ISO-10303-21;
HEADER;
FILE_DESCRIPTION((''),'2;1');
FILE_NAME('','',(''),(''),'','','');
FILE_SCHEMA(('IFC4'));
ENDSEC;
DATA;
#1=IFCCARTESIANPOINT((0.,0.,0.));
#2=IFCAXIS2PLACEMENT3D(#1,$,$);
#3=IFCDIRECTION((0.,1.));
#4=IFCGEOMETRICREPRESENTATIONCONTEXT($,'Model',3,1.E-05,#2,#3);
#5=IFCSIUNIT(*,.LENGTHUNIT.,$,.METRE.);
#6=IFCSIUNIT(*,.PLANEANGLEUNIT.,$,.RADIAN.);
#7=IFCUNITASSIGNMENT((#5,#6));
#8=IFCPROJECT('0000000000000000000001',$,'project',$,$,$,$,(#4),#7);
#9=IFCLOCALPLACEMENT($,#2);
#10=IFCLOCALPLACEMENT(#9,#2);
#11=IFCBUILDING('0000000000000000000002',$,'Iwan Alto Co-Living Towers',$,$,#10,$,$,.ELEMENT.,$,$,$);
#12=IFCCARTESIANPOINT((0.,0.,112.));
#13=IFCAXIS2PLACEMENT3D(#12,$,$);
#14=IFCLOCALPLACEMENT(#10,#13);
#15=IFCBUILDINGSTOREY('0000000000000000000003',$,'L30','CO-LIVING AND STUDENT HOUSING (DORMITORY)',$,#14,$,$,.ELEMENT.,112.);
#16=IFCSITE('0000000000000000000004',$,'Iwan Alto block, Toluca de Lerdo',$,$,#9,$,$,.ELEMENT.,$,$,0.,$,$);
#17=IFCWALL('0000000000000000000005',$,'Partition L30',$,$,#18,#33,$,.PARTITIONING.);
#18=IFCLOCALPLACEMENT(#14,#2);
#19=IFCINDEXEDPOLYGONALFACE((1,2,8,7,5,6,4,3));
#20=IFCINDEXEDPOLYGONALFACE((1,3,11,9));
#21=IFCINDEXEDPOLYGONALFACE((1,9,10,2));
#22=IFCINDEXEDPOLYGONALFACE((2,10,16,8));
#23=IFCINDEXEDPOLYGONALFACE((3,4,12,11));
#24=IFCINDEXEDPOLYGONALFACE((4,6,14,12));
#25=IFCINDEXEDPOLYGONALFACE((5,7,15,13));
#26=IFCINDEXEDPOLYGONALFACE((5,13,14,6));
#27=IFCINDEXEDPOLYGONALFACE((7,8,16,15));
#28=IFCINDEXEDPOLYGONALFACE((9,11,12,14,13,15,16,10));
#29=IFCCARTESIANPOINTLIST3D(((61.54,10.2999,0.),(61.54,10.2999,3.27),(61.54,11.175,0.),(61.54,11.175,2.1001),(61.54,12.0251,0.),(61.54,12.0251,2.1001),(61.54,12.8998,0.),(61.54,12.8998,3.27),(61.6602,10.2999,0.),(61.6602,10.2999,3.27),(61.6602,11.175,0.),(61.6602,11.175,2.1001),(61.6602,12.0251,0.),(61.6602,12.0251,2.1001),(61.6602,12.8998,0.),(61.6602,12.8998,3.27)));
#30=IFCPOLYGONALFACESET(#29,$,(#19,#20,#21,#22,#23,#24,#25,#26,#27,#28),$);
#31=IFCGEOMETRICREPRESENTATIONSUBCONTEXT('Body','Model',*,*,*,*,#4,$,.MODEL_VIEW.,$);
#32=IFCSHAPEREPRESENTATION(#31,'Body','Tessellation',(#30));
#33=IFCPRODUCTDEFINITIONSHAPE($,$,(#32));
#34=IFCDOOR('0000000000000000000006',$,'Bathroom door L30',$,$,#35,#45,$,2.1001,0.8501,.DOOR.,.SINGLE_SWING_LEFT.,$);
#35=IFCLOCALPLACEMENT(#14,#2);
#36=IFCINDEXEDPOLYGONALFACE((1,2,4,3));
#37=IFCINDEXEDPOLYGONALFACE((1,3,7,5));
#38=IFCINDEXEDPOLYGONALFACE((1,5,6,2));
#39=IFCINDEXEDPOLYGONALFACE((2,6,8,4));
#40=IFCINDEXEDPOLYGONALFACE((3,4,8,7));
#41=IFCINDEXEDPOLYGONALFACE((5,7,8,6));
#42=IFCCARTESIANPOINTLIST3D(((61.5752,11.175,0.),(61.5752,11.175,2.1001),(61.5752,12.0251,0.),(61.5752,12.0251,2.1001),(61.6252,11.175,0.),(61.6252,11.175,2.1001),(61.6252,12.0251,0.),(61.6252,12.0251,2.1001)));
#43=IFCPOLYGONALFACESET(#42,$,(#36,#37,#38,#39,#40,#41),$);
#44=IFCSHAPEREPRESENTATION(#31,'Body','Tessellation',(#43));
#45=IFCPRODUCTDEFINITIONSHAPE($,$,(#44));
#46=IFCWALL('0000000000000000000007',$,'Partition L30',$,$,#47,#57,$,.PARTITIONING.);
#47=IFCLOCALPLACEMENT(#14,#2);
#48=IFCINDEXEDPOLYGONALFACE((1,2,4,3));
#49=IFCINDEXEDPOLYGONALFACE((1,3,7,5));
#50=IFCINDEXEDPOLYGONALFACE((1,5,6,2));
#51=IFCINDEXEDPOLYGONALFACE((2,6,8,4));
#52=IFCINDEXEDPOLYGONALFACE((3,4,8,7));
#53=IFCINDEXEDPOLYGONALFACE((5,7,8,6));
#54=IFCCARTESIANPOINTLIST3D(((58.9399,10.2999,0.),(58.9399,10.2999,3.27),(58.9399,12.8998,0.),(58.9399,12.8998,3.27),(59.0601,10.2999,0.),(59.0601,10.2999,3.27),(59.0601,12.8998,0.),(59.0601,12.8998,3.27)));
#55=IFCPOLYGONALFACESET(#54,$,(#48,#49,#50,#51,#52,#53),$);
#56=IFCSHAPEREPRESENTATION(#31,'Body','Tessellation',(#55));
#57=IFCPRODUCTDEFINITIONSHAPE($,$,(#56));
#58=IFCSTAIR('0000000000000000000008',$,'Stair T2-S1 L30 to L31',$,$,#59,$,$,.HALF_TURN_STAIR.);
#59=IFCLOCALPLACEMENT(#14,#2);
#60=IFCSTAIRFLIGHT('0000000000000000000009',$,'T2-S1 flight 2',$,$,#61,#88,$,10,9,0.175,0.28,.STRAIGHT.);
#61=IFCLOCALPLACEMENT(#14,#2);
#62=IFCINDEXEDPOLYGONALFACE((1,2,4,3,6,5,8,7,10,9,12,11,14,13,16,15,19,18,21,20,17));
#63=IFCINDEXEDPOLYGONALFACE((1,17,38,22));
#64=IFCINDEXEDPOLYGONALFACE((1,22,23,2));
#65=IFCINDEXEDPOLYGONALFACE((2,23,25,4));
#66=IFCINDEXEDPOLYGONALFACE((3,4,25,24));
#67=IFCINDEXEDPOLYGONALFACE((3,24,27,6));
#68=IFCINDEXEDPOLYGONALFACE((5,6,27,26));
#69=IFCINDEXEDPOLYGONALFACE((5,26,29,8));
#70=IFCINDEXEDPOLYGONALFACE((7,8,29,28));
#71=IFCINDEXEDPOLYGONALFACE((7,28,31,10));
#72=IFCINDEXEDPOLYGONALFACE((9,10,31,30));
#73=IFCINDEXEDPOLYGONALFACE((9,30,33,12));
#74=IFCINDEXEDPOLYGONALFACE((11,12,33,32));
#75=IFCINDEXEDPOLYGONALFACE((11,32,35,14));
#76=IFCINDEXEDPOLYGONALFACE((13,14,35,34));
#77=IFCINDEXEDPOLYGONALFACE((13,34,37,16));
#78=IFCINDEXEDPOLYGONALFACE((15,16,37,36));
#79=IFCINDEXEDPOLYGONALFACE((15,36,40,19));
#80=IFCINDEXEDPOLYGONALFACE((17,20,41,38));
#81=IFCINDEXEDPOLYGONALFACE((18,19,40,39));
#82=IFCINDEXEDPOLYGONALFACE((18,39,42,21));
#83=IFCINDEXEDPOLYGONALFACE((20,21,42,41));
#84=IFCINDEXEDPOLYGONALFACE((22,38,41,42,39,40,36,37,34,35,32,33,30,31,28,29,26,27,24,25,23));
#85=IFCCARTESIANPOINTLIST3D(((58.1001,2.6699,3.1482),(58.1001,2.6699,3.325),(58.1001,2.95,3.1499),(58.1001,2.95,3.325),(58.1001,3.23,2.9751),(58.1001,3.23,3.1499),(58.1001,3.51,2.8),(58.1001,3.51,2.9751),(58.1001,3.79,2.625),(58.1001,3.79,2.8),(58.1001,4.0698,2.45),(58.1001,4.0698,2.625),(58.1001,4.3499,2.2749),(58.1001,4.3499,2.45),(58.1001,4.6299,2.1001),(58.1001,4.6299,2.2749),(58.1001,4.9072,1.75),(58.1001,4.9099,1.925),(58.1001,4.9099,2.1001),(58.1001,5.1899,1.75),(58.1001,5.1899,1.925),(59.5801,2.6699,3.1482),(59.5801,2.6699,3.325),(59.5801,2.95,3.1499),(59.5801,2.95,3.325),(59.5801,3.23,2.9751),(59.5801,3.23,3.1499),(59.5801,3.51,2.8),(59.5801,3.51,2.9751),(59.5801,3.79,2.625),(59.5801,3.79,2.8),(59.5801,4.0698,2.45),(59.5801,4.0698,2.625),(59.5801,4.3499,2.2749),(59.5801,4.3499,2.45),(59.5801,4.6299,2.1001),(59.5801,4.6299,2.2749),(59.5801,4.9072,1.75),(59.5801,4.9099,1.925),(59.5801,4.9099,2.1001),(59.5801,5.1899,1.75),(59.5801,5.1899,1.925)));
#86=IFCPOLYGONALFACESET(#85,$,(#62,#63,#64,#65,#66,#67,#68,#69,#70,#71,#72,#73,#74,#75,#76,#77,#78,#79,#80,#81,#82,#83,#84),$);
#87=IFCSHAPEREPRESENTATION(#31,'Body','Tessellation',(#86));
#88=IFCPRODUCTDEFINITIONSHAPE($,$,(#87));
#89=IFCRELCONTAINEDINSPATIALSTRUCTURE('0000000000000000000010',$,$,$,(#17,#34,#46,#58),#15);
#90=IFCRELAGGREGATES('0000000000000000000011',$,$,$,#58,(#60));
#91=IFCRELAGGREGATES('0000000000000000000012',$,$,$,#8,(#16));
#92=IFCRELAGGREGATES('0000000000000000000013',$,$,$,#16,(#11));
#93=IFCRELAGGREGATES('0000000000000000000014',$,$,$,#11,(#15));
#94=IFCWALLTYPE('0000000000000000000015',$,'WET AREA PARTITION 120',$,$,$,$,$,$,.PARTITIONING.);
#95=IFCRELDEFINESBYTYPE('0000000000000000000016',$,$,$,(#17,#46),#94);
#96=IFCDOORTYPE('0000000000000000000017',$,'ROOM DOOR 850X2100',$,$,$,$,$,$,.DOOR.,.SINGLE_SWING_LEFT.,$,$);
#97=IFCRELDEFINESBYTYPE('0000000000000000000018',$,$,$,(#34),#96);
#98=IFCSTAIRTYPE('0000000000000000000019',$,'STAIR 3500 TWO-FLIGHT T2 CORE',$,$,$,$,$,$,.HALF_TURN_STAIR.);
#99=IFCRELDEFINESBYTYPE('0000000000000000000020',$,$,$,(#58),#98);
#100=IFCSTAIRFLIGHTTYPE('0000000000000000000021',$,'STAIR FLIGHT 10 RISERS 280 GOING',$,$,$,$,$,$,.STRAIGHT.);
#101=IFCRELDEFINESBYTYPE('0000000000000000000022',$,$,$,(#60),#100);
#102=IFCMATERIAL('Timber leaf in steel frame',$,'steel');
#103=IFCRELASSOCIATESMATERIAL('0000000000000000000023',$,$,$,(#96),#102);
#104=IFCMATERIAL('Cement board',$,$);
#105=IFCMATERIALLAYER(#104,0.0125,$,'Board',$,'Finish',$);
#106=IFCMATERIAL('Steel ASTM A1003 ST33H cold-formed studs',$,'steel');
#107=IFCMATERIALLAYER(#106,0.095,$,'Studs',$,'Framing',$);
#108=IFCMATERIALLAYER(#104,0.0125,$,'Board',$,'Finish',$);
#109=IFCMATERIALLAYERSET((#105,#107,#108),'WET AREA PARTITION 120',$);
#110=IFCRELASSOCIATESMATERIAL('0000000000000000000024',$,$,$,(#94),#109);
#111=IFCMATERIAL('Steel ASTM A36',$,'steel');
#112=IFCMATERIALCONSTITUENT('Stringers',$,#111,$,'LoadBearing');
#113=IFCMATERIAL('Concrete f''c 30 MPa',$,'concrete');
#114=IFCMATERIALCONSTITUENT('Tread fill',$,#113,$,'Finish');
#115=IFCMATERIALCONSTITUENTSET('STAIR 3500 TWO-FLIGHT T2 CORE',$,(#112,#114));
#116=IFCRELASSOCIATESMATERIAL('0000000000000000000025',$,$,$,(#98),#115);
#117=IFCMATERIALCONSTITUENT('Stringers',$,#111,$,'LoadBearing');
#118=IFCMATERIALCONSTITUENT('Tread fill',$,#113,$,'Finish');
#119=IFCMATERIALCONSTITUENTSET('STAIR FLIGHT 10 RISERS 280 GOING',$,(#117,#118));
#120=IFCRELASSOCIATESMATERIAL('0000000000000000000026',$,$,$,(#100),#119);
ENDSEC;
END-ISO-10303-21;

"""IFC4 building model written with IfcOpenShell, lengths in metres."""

from ifc_helpers import new_model, si_unit, direction, frame, frame_2d, origin, place, context, subcontext, project, spatial, polyline, rectangle, outline, extrude, material, layer, layer_set, constituent, constituent_set, type_object, element, fill, aggregate, save


model = new_model("IFC4")

# Units and contexts
model_context = context("Model", 3, precision=1e-05, world=origin(), true_north=direction((0.0, 1.0)))
body_context = subcontext(model_context, "Body", "Model", "MODEL_VIEW")
ifc_project = project(units=[si_unit("LENGTHUNIT", "METRE"), si_unit("PLANEANGLEUNIT", "RADIAN")], contexts=[model_context])

# Site, building, storey
site_placement = place(None, origin())
site = spatial("IfcSite", under=ifc_project, at=site_placement, Name="Iwan Alto block, Toluca de Lerdo", CompositionType="ELEMENT", RefElevation=0.0)
building_placement = place(site_placement, origin())
building = spatial("IfcBuilding", under=site, at=building_placement, Name="Iwan Alto Co-Living Towers", CompositionType="ELEMENT")
storey_placement = place(building_placement, frame((0.0, 0.0, 112.0)))
storey = spatial("IfcBuildingStorey", under=building, at=storey_placement, Name="L30", Description="CO-LIVING AND STUDENT HOUSING (DORMITORY)", CompositionType="ELEMENT", Elevation=112.0)

# Shared definitions
ifc_material_1 = material(Name="Steel ASTM A1003 ST33H cold-formed studs", Category="steel")

# Shared definitions
ifc_material_2 = material(Name="Timber leaf in steel frame", Category="steel")
door_type_1 = type_object("IfcDoorType", Name="ROOM DOOR 850X2100", OperationType="SINGLE_SWING_LEFT", PredefinedType="DOOR", material=ifc_material_2)

# Wall, opening, door
ifc_material_3 = material(Name="Cement board")
ifc_layer_1 = layer(ifc_material_3, 0.0125, Name="Board", Category="Finish")
ifc_layer_2 = layer(ifc_material_1, 0.095, Name="Studs", Category="Framing")
ifc_layer_3 = layer(ifc_material_3, 0.0125, Name="Board", Category="Finish")
ifc_layer_set_1 = layer_set([ifc_layer_1, ifc_layer_2, ifc_layer_3], Name="WET AREA PARTITION 120")
wall_type_1 = type_object("IfcWallType", Name="WET AREA PARTITION 120", PredefinedType="PARTITIONING", material=ifc_layer_set_1)
wall_1_placement = place(storey_placement, frame((61.6001, 10.3, 0.0), z_axis=(0.0, 0.0, 1.0), x_axis=(0.0, 1.0, 0.0)))
wall_1 = element("IfcWall", 1, at=wall_1_placement, inside=storey, type_object=wall_type_1, Name="Partition L30", PredefinedType="PARTITIONING", context=body_context, shape_type="SweptSolid", body=[
    extrude(rectangle(XDim=2.5999, YDim=0.1201, at=frame_2d((1.2998, 0.0))), origin(), (0.0, 0.0, 1.0), 3.27),
])
opening_1_placement = place(wall_1_placement, frame((0.875, 0.0, 0.0)))
opening_1 = element("IfcOpeningElement", 2, at=opening_1_placement, cuts=wall_1, PredefinedType="OPENING", context=body_context, shape_type="SweptSolid", body=[
    extrude(rectangle(XDim=0.8501, YDim=2.1001, at=frame_2d((0.425, 1.05))), frame((0.0, 0.0701, 0.0), z_axis=(0.0, -1.0, 0.0), x_axis=(1.0, 0.0, 0.0)), (0.0, 0.0, 1.0), 0.1401),
])
door_1_placement = place(opening_1_placement, origin())
door_1 = element("IfcDoor", 3, at=door_1_placement, inside=storey, type_object=door_type_1, Name="Bathroom door L30", OperationType="SINGLE_SWING_LEFT", OverallHeight=2.1001, OverallWidth=0.8501, PredefinedType="DOOR", context=body_context, shape_type="SweptSolid", body=[
    extrude(rectangle(XDim=0.8501, YDim=2.1001, at=frame_2d((0.425, 1.05))), frame((0.0, 0.0249, 0.0), z_axis=(0.0, -1.0, 0.0), x_axis=(1.0, 0.0, 0.0)), (0.0, 0.0, 1.0), 0.05),
])
fill(opening_1, door_1)

# Wall
wall_2_placement = place(storey_placement, frame((59.0, 10.3, 0.0), z_axis=(0.0, 0.0, 1.0), x_axis=(0.0, 1.0, 0.0)))
element("IfcWall", 4, at=wall_2_placement, inside=storey, type_object=wall_type_1, Name="Partition L30", PredefinedType="PARTITIONING", context=body_context, shape_type="SweptSolid", body=[
    extrude(rectangle(XDim=2.5999, YDim=0.1201, at=frame_2d((1.2998, 0.0))), origin(), (0.0, 0.0, 1.0), 3.27),
])

# Stair, stair flight
ifc_material_4 = material(Name="Steel ASTM A36", Category="steel")
ifc_constituent_1 = constituent(ifc_material_4, Name="Stringers", Category="LoadBearing")
ifc_material_5 = material(Name="Concrete f'c 30 MPa", Category="concrete")
ifc_constituent_2 = constituent(ifc_material_5, Name="Tread fill", Category="Finish")
ifc_constituent_set_1 = constituent_set(constituents=[ifc_constituent_1, ifc_constituent_2], Name="STAIR 3500 TWO-FLIGHT T2 CORE")
stair_type = type_object("IfcStairType", Name="STAIR 3500 TWO-FLIGHT T2 CORE", PredefinedType="HALF_TURN_STAIR", material=ifc_constituent_set_1)
stair_placement = place(storey_placement, origin())
stair = element("IfcStair", 5, at=stair_placement, inside=storey, type_object=stair_type, Name="Stair T2-S1 L30 to L31", PredefinedType="HALF_TURN_STAIR")
ifc_constituent_3 = constituent(ifc_material_4, Name="Stringers", Category="LoadBearing")
ifc_constituent_4 = constituent(ifc_material_5, Name="Tread fill", Category="Finish")
ifc_constituent_set_2 = constituent_set(constituents=[ifc_constituent_3, ifc_constituent_4], Name="STAIR FLIGHT 10 RISERS 280 GOING")
stair_flight_type = type_object("IfcStairFlightType", Name="STAIR FLIGHT 10 RISERS 280 GOING", PredefinedType="STRAIGHT", material=ifc_constituent_set_2)
stair_flight_placement = place(storey_placement, frame((58.8401, 5.1899, 1.75), z_axis=(0.0, 0.0, 1.0), x_axis=(0.0, -1.0, 0.0)))
stair_flight = element("IfcStairFlight", 6, at=stair_flight_placement, type_object=stair_flight_type, Name="T2-S1 flight 2", NumberOfRisers=10, NumberOfTreads=9, PredefinedType="STRAIGHT", RiserHeight=0.175, TreadLength=0.28, context=body_context, shape_type="SweptSolid", body=[
    extrude(outline(polyline([(0.0, 0.0), (0.0, 0.175), (0.28, 0.175), (0.28, 0.3501), (0.5601, 0.3501), (0.5601, 0.5249), (0.8401, 0.5249), (0.8401, 0.7), (1.1201, 0.7), (1.1201, 0.875), (1.3999, 0.875), (1.3999, 1.05), (1.6799, 1.05), (1.6799, 1.2251), (1.96, 1.2251), (1.96, 1.3999), (2.24, 1.3999), (2.24, 1.575), (2.52, 1.575), (2.52, 1.75), (2.52, 1.3982), (0.2827, 0.0), (0.0, 0.0)])), frame((0.0, 0.74, 0.0), z_axis=(0.0, -1.0, 0.0), x_axis=(1.0, 0.0, 0.0)), (0.0, 0.0, 1.0), 1.48),
])
aggregate(stair, [stair_flight])

save(model, "model.ifc")
